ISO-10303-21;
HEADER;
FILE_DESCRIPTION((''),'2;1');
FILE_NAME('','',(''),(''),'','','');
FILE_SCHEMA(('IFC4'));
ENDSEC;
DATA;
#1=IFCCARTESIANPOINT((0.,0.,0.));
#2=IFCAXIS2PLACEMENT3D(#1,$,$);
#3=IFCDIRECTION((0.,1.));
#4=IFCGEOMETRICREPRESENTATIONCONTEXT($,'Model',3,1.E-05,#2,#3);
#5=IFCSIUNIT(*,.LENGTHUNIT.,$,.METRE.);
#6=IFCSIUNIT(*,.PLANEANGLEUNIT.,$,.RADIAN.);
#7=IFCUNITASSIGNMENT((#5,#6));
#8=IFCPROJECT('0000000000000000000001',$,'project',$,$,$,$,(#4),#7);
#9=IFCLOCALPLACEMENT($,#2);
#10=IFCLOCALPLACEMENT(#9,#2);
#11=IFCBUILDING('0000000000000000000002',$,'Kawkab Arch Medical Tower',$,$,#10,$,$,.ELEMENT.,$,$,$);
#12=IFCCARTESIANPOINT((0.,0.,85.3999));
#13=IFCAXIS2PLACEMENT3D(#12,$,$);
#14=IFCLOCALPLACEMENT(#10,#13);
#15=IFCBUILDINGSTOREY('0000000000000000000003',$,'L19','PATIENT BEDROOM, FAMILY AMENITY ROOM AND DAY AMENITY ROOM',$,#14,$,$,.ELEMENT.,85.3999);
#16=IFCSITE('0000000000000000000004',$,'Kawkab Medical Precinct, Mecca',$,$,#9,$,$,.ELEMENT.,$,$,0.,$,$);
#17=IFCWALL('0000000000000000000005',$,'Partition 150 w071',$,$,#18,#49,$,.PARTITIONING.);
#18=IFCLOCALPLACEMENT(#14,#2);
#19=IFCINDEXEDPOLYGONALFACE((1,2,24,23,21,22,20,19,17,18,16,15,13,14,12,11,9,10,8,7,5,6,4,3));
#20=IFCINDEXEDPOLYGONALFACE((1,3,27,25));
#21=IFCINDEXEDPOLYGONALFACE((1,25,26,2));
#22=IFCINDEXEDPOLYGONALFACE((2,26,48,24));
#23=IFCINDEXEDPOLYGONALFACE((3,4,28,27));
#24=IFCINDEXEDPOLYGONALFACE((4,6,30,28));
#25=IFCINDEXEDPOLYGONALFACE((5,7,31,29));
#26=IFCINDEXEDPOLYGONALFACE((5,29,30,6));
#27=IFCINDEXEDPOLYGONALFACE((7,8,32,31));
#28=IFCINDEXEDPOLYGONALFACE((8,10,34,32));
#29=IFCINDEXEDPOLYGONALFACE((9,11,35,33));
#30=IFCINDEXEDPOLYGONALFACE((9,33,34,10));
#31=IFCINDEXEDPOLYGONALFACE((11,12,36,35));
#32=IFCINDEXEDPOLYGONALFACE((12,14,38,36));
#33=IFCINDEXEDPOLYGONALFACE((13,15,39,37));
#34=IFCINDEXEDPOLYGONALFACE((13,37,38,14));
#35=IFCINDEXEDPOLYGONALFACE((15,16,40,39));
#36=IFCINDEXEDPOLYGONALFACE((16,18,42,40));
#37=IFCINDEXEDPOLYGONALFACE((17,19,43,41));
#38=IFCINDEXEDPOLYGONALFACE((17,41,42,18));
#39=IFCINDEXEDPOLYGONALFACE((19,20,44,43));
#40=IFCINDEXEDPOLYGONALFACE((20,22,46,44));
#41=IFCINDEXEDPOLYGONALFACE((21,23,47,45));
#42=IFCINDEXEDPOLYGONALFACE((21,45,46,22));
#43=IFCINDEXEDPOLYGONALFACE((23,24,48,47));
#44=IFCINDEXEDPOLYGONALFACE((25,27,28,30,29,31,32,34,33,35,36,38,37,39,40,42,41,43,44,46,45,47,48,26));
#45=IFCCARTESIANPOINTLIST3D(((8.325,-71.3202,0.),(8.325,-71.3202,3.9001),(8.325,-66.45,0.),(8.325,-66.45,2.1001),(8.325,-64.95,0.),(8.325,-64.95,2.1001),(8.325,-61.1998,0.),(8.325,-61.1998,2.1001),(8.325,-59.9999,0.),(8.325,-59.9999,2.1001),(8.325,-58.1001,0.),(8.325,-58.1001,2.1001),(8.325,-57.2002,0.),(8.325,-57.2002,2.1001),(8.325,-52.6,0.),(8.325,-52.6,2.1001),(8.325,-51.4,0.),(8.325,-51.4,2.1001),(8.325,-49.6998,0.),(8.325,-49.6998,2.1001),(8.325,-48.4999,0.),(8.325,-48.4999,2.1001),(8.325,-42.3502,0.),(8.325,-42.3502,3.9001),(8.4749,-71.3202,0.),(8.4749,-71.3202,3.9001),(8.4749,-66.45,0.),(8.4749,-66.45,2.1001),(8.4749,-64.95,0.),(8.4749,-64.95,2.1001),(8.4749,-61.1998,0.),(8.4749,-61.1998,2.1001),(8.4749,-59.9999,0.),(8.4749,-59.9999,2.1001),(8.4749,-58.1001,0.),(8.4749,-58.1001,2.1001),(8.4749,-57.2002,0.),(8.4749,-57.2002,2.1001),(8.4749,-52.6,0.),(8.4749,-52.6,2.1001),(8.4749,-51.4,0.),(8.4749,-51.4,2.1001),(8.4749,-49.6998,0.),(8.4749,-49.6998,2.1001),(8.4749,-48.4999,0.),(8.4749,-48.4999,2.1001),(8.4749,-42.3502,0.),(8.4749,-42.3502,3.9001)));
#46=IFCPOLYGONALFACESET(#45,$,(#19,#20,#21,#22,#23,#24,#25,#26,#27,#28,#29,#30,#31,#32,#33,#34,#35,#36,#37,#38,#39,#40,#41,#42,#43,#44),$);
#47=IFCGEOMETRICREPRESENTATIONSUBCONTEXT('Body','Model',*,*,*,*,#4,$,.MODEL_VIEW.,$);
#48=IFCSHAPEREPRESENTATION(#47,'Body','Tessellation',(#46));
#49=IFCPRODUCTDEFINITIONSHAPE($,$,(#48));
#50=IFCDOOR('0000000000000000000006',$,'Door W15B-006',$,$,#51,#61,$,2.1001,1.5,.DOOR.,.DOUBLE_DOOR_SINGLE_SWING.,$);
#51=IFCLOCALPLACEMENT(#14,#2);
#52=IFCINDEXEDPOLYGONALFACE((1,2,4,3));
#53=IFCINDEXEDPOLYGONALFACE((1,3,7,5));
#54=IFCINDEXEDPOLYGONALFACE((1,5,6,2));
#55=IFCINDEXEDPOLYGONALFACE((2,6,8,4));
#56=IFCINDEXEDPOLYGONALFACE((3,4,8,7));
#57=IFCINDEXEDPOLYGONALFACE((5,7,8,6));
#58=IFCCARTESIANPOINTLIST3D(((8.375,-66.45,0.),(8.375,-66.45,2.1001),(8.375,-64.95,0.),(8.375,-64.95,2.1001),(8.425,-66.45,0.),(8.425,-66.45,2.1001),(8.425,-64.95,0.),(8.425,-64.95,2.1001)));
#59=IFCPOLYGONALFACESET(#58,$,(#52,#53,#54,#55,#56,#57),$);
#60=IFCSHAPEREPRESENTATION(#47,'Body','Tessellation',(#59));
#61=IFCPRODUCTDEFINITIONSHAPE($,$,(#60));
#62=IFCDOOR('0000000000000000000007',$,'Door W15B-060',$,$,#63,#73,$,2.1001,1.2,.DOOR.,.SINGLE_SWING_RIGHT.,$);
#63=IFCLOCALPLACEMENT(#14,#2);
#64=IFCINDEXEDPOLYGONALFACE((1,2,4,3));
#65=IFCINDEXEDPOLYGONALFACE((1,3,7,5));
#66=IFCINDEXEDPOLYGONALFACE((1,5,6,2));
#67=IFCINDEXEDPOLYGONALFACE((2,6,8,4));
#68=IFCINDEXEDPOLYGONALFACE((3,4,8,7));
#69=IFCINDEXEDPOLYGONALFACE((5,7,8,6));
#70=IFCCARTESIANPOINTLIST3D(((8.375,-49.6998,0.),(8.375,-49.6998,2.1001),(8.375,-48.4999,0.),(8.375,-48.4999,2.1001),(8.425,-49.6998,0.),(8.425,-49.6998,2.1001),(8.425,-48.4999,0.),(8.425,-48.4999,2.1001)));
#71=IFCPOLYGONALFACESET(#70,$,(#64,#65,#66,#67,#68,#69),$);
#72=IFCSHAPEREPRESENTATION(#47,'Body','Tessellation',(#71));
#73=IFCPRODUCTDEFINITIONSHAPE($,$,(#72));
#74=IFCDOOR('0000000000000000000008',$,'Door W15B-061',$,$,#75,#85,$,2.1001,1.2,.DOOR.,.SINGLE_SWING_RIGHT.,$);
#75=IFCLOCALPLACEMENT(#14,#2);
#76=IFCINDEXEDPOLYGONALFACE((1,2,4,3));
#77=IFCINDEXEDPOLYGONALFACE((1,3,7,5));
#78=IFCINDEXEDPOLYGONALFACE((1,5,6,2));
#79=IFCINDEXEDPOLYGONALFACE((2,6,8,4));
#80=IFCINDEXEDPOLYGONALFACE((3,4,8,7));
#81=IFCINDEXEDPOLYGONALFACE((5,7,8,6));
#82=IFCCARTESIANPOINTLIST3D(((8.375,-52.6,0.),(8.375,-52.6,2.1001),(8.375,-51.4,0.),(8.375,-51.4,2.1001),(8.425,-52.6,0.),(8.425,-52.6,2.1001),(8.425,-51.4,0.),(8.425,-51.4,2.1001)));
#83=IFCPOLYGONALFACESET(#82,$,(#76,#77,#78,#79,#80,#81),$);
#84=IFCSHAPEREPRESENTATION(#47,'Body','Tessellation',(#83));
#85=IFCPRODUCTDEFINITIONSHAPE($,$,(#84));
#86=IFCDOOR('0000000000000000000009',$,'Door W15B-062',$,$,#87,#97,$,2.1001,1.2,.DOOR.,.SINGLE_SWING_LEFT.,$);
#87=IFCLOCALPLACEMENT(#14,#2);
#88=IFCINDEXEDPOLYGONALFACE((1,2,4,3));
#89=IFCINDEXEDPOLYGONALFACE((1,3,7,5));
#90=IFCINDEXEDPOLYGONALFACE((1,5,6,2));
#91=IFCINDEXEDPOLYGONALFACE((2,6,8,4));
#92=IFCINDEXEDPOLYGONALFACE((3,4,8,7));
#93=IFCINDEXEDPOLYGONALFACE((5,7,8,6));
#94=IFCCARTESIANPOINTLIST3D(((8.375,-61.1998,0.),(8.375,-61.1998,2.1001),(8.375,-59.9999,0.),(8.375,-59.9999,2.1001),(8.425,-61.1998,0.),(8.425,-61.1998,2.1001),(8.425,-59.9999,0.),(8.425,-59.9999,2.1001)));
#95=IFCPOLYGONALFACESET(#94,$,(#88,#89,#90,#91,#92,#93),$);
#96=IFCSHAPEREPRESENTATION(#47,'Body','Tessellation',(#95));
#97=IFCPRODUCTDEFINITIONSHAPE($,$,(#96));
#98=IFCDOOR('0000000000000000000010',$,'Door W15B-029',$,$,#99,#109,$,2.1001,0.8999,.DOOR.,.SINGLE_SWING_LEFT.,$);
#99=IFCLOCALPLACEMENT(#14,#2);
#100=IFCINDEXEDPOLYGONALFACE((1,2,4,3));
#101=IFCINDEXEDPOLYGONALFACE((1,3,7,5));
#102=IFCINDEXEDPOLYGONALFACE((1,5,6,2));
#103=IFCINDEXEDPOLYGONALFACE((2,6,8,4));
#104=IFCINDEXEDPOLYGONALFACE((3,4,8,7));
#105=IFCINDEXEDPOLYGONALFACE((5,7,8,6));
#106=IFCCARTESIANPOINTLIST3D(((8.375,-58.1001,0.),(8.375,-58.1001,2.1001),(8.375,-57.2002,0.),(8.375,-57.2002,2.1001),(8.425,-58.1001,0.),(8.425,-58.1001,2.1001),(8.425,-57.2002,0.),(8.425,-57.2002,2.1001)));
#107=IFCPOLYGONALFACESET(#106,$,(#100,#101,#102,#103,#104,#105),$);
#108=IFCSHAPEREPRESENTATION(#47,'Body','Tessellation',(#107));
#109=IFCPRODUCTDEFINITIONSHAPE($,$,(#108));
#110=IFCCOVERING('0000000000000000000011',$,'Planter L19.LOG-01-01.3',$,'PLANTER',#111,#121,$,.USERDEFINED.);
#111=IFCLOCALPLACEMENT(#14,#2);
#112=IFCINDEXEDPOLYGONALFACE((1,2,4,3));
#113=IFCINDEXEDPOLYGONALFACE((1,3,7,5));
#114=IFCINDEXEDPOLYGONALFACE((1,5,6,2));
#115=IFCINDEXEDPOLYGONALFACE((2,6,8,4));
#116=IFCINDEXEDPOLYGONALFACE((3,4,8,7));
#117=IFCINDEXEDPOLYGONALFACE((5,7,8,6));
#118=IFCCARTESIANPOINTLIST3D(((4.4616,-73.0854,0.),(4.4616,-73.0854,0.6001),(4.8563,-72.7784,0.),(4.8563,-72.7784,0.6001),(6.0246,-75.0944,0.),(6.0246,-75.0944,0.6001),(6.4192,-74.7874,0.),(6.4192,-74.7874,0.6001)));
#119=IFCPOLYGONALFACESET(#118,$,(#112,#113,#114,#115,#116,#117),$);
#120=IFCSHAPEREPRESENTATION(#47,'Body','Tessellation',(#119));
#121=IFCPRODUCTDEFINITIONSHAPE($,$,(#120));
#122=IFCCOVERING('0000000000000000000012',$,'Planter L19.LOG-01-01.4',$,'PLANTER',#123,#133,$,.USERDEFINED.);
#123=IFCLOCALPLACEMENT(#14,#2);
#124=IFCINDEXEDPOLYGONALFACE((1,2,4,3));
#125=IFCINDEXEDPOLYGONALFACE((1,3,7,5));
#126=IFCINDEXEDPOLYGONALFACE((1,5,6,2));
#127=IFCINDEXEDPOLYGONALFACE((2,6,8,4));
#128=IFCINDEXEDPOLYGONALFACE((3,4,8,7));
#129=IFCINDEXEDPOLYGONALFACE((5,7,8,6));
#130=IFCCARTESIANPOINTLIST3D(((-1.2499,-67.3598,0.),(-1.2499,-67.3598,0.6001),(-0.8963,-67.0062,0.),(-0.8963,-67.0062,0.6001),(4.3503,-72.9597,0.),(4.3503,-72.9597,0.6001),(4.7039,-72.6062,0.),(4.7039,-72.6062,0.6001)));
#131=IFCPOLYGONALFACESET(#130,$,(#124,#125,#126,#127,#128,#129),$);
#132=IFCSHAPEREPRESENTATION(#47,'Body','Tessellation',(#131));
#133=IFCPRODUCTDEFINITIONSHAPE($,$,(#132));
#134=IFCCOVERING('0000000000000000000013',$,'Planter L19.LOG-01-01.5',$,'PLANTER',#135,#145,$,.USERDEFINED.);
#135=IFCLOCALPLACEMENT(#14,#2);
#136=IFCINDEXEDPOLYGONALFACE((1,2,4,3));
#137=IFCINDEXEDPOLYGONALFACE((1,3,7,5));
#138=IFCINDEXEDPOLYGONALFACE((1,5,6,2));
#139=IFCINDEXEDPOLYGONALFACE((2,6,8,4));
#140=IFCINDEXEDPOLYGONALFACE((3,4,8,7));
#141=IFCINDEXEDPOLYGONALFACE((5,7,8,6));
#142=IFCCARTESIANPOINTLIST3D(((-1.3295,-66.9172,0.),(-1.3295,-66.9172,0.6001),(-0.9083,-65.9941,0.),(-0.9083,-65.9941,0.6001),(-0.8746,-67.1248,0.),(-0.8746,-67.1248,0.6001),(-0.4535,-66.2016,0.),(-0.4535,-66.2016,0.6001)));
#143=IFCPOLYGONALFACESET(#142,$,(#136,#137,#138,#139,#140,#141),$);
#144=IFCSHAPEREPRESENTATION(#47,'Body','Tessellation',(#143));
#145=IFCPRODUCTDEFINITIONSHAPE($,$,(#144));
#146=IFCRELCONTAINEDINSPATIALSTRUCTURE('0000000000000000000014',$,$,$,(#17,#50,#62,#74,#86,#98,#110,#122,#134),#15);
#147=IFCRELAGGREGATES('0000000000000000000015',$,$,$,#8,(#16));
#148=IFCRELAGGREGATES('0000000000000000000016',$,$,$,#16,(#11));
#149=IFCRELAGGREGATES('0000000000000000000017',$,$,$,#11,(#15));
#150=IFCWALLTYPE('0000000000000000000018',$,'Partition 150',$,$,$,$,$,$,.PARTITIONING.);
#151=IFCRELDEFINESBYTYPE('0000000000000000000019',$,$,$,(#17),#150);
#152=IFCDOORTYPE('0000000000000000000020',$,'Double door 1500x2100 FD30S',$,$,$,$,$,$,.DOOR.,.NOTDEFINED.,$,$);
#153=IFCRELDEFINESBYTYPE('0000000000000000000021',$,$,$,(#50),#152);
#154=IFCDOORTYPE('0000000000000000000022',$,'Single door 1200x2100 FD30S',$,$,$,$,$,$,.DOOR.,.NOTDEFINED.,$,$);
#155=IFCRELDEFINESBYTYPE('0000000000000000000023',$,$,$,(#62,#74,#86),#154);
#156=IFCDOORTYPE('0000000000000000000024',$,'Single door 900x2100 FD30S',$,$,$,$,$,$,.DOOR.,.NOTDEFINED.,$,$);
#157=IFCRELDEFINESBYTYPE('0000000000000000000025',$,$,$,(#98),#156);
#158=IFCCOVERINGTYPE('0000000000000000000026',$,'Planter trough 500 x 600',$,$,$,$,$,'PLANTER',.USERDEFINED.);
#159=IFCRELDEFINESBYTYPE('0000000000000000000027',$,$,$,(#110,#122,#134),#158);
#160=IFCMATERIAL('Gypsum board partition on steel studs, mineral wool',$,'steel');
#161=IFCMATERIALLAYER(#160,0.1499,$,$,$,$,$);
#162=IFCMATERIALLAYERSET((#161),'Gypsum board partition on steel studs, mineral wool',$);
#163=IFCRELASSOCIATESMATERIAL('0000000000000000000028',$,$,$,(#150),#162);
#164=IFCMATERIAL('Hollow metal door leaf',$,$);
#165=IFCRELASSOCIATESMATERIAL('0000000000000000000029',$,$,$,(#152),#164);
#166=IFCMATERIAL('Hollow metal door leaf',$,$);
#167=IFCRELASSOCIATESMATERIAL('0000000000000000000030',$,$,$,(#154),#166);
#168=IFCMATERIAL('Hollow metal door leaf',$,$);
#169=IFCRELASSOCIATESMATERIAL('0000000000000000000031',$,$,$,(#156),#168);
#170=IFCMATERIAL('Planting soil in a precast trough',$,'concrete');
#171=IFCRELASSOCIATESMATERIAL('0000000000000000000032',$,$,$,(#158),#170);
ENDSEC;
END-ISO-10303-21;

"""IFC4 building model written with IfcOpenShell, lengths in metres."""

from ifc_helpers import new_model, si_unit, direction, frame, frame_2d, origin, origin_2d, place, context, subcontext, project, spatial, rectangle, extrude, material, layer, layer_set, material_profile, profile_set, type_object, element, fill, save


model = new_model("IFC4")

# Units and contexts
model_context = context("Model", 3, precision=1e-05, world=origin(), true_north=direction((0.0, 1.0)))
body_context = subcontext(model_context, "Body", "Model", "MODEL_VIEW")
ifc_project = project(units=[si_unit("LENGTHUNIT", "METRE"), si_unit("PLANEANGLEUNIT", "RADIAN")], contexts=[model_context])

# Site, building, storey
site_placement = place(None, origin())
site = spatial("IfcSite", under=ifc_project, at=site_placement, Name="Kawkab Medical Precinct, Mecca", CompositionType="ELEMENT", RefElevation=0.0)
building_placement = place(site_placement, origin())
building = spatial("IfcBuilding", under=site, at=building_placement, Name="Kawkab Arch Medical Tower", CompositionType="ELEMENT")
storey_placement = place(building_placement, frame((0.0, 0.0, 85.3999)))
storey = spatial("IfcBuildingStorey", under=building, at=storey_placement, Name="L19", Description="PATIENT BEDROOM, FAMILY AMENITY ROOM AND DAY AMENITY ROOM", CompositionType="ELEMENT", Elevation=85.3999)

# Wall, openings, doors
ifc_material_1 = material(Name="Gypsum board partition on steel studs, mineral wool", Category="steel")
ifc_layer_1 = layer(ifc_material_1, 0.1499)
ifc_layer_set_1 = layer_set([ifc_layer_1], Name="Gypsum board partition on steel studs, mineral wool")
wall_type_1 = type_object("IfcWallType", Name="Partition 150", PredefinedType="PARTITIONING", material=ifc_layer_set_1)
wall_1_placement = place(storey_placement, frame((8.3999, -71.3201, 0.0), z_axis=(0.0, 0.0, 1.0), x_axis=(0.0, 1.0, 0.0)))
wall_1 = element("IfcWall", 1, at=wall_1_placement, inside=storey, type_object=wall_type_1, Name="Partition 150 w071", PredefinedType="PARTITIONING", context=body_context, shape_type="SweptSolid", body=[
    extrude(rectangle(XDim=28.97, YDim=0.1499, at=frame_2d((14.4849, 0.0))), origin(), (0.0, 0.0, 1.0), 3.9001),
])
opening_1_placement = place(wall_1_placement, frame((21.6201, 0.0, 0.0)))
opening_1 = element("IfcOpeningElement", 2, at=opening_1_placement, cuts=wall_1, PredefinedType="OPENING", context=body_context, shape_type="SweptSolid", body=[
    extrude(rectangle(XDim=1.2, YDim=2.1001, at=frame_2d((0.6001, 1.05))), frame((0.0, 0.085, 0.0), z_axis=(0.0, -1.0, 0.0), x_axis=(1.0, 0.0, 0.0)), (0.0, 0.0, 1.0), 0.1699),
])
opening_2_placement = place(wall_1_placement, frame((18.72, 0.0, 0.0)))
opening_2 = element("IfcOpeningElement", 3, at=opening_2_placement, cuts=wall_1, PredefinedType="OPENING", context=body_context, shape_type="SweptSolid", body=[
    extrude(rectangle(XDim=1.2, YDim=2.1001, at=frame_2d((0.6001, 1.05))), frame((0.0, 0.085, 0.0), z_axis=(0.0, -1.0, 0.0), x_axis=(1.0, 0.0, 0.0)), (0.0, 0.0, 1.0), 0.1699),
])
opening_3_placement = place(wall_1_placement, frame((10.1201, 0.0, 0.0)))
opening_3 = element("IfcOpeningElement", 4, at=opening_3_placement, cuts=wall_1, PredefinedType="OPENING", context=body_context, shape_type="SweptSolid", body=[
    extrude(rectangle(XDim=1.2, YDim=2.1001, at=frame_2d((0.6001, 1.05))), frame((0.0, 0.085, 0.0), z_axis=(0.0, -1.0, 0.0), x_axis=(1.0, 0.0, 0.0)), (0.0, 0.0, 1.0), 0.1699),
])
opening_4_placement = place(wall_1_placement, frame((13.22, 0.0, 0.0)))
opening_4 = element("IfcOpeningElement", 5, at=opening_4_placement, cuts=wall_1, PredefinedType="OPENING", context=body_context, shape_type="SweptSolid", body=[
    extrude(rectangle(XDim=0.8999, YDim=2.1001, at=frame_2d((0.45, 1.05))), frame((0.0, 0.085, 0.0), z_axis=(0.0, -1.0, 0.0), x_axis=(1.0, 0.0, 0.0)), (0.0, 0.0, 1.0), 0.1699),
])
opening_5_placement = place(wall_1_placement, frame((4.8701, 0.0, 0.0)))
opening_5 = element("IfcOpeningElement", 6, at=opening_5_placement, cuts=wall_1, PredefinedType="OPENING", context=body_context, shape_type="SweptSolid", body=[
    extrude(rectangle(XDim=1.5, YDim=2.1001, at=frame_2d((0.75, 1.05))), frame((0.0, 0.085, 0.0), z_axis=(0.0, -1.0, 0.0), x_axis=(1.0, 0.0, 0.0)), (0.0, 0.0, 1.0), 0.1699),
])
ifc_material_2 = material(Name="Hollow metal door leaf")
door_type_1 = type_object("IfcDoorType", Name="Double door 1500x2100 FD30S", OperationType="NOTDEFINED", PredefinedType="DOOR", material=ifc_material_2)
door_1_placement = place(opening_5_placement, origin())
door_1 = element("IfcDoor", 7, at=door_1_placement, inside=storey, type_object=door_type_1, Name="Door W15B-006", OperationType="DOUBLE_DOOR_SINGLE_SWING", OverallHeight=2.1001, OverallWidth=1.5, PredefinedType="DOOR", context=body_context, shape_type="SweptSolid", body=[
    extrude(rectangle(XDim=1.5, YDim=2.1001, at=frame_2d((0.75, 1.05))), frame((0.0, 0.0249, 0.0), z_axis=(0.0, -1.0, 0.0), x_axis=(1.0, 0.0, 0.0)), (0.0, 0.0, 1.0), 0.05),
])
fill(opening_5, door_1)
ifc_material_3 = material(Name="Hollow metal door leaf")
door_type_2 = type_object("IfcDoorType", Name="Single door 1200x2100 FD30S", OperationType="NOTDEFINED", PredefinedType="DOOR", material=ifc_material_3)
door_2_placement = place(opening_1_placement, origin())
door_2 = element("IfcDoor", 8, at=door_2_placement, inside=storey, type_object=door_type_2, Name="Door W15B-060", OperationType="SINGLE_SWING_RIGHT", OverallHeight=2.1001, OverallWidth=1.2, PredefinedType="DOOR", context=body_context, shape_type="SweptSolid", body=[
    extrude(rectangle(XDim=1.2, YDim=2.1001, at=frame_2d((0.6001, 1.05))), frame((0.0, 0.0249, 0.0), z_axis=(0.0, -1.0, 0.0), x_axis=(1.0, 0.0, 0.0)), (0.0, 0.0, 1.0), 0.05),
])
fill(opening_1, door_2)
door_3_placement = place(opening_2_placement, origin())
door_3 = element("IfcDoor", 9, at=door_3_placement, inside=storey, type_object=door_type_2, Name="Door W15B-061", OperationType="SINGLE_SWING_RIGHT", OverallHeight=2.1001, OverallWidth=1.2, PredefinedType="DOOR", context=body_context, shape_type="SweptSolid", body=[
    extrude(rectangle(XDim=1.2, YDim=2.1001, at=frame_2d((0.6001, 1.05))), frame((0.0, 0.0249, 0.0), z_axis=(0.0, -1.0, 0.0), x_axis=(1.0, 0.0, 0.0)), (0.0, 0.0, 1.0), 0.05),
])
fill(opening_2, door_3)
door_4_placement = place(opening_3_placement, origin())
door_4 = element("IfcDoor", 10, at=door_4_placement, inside=storey, type_object=door_type_2, Name="Door W15B-062", OperationType="SINGLE_SWING_LEFT", OverallHeight=2.1001, OverallWidth=1.2, PredefinedType="DOOR", context=body_context, shape_type="SweptSolid", body=[
    extrude(rectangle(XDim=1.2, YDim=2.1001, at=frame_2d((0.6001, 1.05))), frame((0.0, 0.0249, 0.0), z_axis=(0.0, -1.0, 0.0), x_axis=(1.0, 0.0, 0.0)), (0.0, 0.0, 1.0), 0.05),
])
fill(opening_3, door_4)
ifc_material_4 = material(Name="Hollow metal door leaf")
door_type_3 = type_object("IfcDoorType", Name="Single door 900x2100 FD30S", OperationType="NOTDEFINED", PredefinedType="DOOR", material=ifc_material_4)
door_5_placement = place(opening_4_placement, origin())
door_5 = element("IfcDoor", 11, at=door_5_placement, inside=storey, type_object=door_type_3, Name="Door W15B-029", OperationType="SINGLE_SWING_LEFT", OverallHeight=2.1001, OverallWidth=0.8999, PredefinedType="DOOR", context=body_context, shape_type="SweptSolid", body=[
    extrude(rectangle(XDim=0.8999, YDim=2.1001, at=frame_2d((0.45, 1.05))), frame((0.0, 0.0249, 0.0), z_axis=(0.0, -1.0, 0.0), x_axis=(1.0, 0.0, 0.0)), (0.0, 0.0, 1.0), 0.05),
])
fill(opening_4, door_5)

# Coverings
ifc_material_5 = material(Name="Planting soil in a precast trough", Category="concrete")
ifc_material_profile_1 = material_profile(ifc_material_5, rectangle(XDim=0.5, YDim=0.6001, at=origin_2d()), Name="Trough 500x600")
ifc_profile_set_1 = profile_set([ifc_material_profile_1], Name="Planting soil in a precast trough")
covering_type = type_object("IfcCoveringType", Name="Planter trough 500 x 600", ElementType="PLANTER", PredefinedType="USERDEFINED", material=ifc_profile_set_1)
covering_1_placement = place(storey_placement, frame((6.2219, -74.9409, 0.3), z_axis=(-0.61404, 0.789275, 0.0), x_axis=(-0.789275, -0.61404, 0.0)))
element("IfcCovering", 12, at=covering_1_placement, inside=storey, type_object=covering_type, Name="Planter L19.LOG-01-01.3", ObjectType="PLANTER", PredefinedType="USERDEFINED", context=body_context, shape_type="SweptSolid", body=[
    extrude(rectangle(XDim=0.5, YDim=0.6001, at=origin_2d()), origin(), (0.0, 0.0, 1.0), 2.5454),
])
covering_2_placement = place(storey_placement, frame((4.5271, -72.783, 0.3), z_axis=(-0.707122, 0.707091, 0.0), x_axis=(-0.707091, -0.707122, 0.0)))
element("IfcCovering", 13, at=covering_2_placement, inside=storey, type_object=covering_type, Name="Planter L19.LOG-01-01.4", ObjectType="PLANTER", PredefinedType="USERDEFINED", context=body_context, shape_type="SweptSolid", body=[
    extrude(rectangle(XDim=0.5, YDim=0.6001, at=origin_2d()), origin(), (0.0, 0.0, 1.0), 7.9197),
])
covering_3_placement = place(storey_placement, frame((-1.1021, -67.021, 0.3), z_axis=(0.415072, 0.909789, 0.0), x_axis=(-0.909789, 0.415072, 0.0)))
element("IfcCovering", 14, at=covering_3_placement, inside=storey, type_object=covering_type, Name="Planter L19.LOG-01-01.5", ObjectType="PLANTER", PredefinedType="USERDEFINED", context=body_context, shape_type="SweptSolid", body=[
    extrude(rectangle(XDim=0.5, YDim=0.6001, at=origin_2d()), origin(), (0.0, 0.0, 1.0), 1.0146),
])

save(model, "model.ifc")
